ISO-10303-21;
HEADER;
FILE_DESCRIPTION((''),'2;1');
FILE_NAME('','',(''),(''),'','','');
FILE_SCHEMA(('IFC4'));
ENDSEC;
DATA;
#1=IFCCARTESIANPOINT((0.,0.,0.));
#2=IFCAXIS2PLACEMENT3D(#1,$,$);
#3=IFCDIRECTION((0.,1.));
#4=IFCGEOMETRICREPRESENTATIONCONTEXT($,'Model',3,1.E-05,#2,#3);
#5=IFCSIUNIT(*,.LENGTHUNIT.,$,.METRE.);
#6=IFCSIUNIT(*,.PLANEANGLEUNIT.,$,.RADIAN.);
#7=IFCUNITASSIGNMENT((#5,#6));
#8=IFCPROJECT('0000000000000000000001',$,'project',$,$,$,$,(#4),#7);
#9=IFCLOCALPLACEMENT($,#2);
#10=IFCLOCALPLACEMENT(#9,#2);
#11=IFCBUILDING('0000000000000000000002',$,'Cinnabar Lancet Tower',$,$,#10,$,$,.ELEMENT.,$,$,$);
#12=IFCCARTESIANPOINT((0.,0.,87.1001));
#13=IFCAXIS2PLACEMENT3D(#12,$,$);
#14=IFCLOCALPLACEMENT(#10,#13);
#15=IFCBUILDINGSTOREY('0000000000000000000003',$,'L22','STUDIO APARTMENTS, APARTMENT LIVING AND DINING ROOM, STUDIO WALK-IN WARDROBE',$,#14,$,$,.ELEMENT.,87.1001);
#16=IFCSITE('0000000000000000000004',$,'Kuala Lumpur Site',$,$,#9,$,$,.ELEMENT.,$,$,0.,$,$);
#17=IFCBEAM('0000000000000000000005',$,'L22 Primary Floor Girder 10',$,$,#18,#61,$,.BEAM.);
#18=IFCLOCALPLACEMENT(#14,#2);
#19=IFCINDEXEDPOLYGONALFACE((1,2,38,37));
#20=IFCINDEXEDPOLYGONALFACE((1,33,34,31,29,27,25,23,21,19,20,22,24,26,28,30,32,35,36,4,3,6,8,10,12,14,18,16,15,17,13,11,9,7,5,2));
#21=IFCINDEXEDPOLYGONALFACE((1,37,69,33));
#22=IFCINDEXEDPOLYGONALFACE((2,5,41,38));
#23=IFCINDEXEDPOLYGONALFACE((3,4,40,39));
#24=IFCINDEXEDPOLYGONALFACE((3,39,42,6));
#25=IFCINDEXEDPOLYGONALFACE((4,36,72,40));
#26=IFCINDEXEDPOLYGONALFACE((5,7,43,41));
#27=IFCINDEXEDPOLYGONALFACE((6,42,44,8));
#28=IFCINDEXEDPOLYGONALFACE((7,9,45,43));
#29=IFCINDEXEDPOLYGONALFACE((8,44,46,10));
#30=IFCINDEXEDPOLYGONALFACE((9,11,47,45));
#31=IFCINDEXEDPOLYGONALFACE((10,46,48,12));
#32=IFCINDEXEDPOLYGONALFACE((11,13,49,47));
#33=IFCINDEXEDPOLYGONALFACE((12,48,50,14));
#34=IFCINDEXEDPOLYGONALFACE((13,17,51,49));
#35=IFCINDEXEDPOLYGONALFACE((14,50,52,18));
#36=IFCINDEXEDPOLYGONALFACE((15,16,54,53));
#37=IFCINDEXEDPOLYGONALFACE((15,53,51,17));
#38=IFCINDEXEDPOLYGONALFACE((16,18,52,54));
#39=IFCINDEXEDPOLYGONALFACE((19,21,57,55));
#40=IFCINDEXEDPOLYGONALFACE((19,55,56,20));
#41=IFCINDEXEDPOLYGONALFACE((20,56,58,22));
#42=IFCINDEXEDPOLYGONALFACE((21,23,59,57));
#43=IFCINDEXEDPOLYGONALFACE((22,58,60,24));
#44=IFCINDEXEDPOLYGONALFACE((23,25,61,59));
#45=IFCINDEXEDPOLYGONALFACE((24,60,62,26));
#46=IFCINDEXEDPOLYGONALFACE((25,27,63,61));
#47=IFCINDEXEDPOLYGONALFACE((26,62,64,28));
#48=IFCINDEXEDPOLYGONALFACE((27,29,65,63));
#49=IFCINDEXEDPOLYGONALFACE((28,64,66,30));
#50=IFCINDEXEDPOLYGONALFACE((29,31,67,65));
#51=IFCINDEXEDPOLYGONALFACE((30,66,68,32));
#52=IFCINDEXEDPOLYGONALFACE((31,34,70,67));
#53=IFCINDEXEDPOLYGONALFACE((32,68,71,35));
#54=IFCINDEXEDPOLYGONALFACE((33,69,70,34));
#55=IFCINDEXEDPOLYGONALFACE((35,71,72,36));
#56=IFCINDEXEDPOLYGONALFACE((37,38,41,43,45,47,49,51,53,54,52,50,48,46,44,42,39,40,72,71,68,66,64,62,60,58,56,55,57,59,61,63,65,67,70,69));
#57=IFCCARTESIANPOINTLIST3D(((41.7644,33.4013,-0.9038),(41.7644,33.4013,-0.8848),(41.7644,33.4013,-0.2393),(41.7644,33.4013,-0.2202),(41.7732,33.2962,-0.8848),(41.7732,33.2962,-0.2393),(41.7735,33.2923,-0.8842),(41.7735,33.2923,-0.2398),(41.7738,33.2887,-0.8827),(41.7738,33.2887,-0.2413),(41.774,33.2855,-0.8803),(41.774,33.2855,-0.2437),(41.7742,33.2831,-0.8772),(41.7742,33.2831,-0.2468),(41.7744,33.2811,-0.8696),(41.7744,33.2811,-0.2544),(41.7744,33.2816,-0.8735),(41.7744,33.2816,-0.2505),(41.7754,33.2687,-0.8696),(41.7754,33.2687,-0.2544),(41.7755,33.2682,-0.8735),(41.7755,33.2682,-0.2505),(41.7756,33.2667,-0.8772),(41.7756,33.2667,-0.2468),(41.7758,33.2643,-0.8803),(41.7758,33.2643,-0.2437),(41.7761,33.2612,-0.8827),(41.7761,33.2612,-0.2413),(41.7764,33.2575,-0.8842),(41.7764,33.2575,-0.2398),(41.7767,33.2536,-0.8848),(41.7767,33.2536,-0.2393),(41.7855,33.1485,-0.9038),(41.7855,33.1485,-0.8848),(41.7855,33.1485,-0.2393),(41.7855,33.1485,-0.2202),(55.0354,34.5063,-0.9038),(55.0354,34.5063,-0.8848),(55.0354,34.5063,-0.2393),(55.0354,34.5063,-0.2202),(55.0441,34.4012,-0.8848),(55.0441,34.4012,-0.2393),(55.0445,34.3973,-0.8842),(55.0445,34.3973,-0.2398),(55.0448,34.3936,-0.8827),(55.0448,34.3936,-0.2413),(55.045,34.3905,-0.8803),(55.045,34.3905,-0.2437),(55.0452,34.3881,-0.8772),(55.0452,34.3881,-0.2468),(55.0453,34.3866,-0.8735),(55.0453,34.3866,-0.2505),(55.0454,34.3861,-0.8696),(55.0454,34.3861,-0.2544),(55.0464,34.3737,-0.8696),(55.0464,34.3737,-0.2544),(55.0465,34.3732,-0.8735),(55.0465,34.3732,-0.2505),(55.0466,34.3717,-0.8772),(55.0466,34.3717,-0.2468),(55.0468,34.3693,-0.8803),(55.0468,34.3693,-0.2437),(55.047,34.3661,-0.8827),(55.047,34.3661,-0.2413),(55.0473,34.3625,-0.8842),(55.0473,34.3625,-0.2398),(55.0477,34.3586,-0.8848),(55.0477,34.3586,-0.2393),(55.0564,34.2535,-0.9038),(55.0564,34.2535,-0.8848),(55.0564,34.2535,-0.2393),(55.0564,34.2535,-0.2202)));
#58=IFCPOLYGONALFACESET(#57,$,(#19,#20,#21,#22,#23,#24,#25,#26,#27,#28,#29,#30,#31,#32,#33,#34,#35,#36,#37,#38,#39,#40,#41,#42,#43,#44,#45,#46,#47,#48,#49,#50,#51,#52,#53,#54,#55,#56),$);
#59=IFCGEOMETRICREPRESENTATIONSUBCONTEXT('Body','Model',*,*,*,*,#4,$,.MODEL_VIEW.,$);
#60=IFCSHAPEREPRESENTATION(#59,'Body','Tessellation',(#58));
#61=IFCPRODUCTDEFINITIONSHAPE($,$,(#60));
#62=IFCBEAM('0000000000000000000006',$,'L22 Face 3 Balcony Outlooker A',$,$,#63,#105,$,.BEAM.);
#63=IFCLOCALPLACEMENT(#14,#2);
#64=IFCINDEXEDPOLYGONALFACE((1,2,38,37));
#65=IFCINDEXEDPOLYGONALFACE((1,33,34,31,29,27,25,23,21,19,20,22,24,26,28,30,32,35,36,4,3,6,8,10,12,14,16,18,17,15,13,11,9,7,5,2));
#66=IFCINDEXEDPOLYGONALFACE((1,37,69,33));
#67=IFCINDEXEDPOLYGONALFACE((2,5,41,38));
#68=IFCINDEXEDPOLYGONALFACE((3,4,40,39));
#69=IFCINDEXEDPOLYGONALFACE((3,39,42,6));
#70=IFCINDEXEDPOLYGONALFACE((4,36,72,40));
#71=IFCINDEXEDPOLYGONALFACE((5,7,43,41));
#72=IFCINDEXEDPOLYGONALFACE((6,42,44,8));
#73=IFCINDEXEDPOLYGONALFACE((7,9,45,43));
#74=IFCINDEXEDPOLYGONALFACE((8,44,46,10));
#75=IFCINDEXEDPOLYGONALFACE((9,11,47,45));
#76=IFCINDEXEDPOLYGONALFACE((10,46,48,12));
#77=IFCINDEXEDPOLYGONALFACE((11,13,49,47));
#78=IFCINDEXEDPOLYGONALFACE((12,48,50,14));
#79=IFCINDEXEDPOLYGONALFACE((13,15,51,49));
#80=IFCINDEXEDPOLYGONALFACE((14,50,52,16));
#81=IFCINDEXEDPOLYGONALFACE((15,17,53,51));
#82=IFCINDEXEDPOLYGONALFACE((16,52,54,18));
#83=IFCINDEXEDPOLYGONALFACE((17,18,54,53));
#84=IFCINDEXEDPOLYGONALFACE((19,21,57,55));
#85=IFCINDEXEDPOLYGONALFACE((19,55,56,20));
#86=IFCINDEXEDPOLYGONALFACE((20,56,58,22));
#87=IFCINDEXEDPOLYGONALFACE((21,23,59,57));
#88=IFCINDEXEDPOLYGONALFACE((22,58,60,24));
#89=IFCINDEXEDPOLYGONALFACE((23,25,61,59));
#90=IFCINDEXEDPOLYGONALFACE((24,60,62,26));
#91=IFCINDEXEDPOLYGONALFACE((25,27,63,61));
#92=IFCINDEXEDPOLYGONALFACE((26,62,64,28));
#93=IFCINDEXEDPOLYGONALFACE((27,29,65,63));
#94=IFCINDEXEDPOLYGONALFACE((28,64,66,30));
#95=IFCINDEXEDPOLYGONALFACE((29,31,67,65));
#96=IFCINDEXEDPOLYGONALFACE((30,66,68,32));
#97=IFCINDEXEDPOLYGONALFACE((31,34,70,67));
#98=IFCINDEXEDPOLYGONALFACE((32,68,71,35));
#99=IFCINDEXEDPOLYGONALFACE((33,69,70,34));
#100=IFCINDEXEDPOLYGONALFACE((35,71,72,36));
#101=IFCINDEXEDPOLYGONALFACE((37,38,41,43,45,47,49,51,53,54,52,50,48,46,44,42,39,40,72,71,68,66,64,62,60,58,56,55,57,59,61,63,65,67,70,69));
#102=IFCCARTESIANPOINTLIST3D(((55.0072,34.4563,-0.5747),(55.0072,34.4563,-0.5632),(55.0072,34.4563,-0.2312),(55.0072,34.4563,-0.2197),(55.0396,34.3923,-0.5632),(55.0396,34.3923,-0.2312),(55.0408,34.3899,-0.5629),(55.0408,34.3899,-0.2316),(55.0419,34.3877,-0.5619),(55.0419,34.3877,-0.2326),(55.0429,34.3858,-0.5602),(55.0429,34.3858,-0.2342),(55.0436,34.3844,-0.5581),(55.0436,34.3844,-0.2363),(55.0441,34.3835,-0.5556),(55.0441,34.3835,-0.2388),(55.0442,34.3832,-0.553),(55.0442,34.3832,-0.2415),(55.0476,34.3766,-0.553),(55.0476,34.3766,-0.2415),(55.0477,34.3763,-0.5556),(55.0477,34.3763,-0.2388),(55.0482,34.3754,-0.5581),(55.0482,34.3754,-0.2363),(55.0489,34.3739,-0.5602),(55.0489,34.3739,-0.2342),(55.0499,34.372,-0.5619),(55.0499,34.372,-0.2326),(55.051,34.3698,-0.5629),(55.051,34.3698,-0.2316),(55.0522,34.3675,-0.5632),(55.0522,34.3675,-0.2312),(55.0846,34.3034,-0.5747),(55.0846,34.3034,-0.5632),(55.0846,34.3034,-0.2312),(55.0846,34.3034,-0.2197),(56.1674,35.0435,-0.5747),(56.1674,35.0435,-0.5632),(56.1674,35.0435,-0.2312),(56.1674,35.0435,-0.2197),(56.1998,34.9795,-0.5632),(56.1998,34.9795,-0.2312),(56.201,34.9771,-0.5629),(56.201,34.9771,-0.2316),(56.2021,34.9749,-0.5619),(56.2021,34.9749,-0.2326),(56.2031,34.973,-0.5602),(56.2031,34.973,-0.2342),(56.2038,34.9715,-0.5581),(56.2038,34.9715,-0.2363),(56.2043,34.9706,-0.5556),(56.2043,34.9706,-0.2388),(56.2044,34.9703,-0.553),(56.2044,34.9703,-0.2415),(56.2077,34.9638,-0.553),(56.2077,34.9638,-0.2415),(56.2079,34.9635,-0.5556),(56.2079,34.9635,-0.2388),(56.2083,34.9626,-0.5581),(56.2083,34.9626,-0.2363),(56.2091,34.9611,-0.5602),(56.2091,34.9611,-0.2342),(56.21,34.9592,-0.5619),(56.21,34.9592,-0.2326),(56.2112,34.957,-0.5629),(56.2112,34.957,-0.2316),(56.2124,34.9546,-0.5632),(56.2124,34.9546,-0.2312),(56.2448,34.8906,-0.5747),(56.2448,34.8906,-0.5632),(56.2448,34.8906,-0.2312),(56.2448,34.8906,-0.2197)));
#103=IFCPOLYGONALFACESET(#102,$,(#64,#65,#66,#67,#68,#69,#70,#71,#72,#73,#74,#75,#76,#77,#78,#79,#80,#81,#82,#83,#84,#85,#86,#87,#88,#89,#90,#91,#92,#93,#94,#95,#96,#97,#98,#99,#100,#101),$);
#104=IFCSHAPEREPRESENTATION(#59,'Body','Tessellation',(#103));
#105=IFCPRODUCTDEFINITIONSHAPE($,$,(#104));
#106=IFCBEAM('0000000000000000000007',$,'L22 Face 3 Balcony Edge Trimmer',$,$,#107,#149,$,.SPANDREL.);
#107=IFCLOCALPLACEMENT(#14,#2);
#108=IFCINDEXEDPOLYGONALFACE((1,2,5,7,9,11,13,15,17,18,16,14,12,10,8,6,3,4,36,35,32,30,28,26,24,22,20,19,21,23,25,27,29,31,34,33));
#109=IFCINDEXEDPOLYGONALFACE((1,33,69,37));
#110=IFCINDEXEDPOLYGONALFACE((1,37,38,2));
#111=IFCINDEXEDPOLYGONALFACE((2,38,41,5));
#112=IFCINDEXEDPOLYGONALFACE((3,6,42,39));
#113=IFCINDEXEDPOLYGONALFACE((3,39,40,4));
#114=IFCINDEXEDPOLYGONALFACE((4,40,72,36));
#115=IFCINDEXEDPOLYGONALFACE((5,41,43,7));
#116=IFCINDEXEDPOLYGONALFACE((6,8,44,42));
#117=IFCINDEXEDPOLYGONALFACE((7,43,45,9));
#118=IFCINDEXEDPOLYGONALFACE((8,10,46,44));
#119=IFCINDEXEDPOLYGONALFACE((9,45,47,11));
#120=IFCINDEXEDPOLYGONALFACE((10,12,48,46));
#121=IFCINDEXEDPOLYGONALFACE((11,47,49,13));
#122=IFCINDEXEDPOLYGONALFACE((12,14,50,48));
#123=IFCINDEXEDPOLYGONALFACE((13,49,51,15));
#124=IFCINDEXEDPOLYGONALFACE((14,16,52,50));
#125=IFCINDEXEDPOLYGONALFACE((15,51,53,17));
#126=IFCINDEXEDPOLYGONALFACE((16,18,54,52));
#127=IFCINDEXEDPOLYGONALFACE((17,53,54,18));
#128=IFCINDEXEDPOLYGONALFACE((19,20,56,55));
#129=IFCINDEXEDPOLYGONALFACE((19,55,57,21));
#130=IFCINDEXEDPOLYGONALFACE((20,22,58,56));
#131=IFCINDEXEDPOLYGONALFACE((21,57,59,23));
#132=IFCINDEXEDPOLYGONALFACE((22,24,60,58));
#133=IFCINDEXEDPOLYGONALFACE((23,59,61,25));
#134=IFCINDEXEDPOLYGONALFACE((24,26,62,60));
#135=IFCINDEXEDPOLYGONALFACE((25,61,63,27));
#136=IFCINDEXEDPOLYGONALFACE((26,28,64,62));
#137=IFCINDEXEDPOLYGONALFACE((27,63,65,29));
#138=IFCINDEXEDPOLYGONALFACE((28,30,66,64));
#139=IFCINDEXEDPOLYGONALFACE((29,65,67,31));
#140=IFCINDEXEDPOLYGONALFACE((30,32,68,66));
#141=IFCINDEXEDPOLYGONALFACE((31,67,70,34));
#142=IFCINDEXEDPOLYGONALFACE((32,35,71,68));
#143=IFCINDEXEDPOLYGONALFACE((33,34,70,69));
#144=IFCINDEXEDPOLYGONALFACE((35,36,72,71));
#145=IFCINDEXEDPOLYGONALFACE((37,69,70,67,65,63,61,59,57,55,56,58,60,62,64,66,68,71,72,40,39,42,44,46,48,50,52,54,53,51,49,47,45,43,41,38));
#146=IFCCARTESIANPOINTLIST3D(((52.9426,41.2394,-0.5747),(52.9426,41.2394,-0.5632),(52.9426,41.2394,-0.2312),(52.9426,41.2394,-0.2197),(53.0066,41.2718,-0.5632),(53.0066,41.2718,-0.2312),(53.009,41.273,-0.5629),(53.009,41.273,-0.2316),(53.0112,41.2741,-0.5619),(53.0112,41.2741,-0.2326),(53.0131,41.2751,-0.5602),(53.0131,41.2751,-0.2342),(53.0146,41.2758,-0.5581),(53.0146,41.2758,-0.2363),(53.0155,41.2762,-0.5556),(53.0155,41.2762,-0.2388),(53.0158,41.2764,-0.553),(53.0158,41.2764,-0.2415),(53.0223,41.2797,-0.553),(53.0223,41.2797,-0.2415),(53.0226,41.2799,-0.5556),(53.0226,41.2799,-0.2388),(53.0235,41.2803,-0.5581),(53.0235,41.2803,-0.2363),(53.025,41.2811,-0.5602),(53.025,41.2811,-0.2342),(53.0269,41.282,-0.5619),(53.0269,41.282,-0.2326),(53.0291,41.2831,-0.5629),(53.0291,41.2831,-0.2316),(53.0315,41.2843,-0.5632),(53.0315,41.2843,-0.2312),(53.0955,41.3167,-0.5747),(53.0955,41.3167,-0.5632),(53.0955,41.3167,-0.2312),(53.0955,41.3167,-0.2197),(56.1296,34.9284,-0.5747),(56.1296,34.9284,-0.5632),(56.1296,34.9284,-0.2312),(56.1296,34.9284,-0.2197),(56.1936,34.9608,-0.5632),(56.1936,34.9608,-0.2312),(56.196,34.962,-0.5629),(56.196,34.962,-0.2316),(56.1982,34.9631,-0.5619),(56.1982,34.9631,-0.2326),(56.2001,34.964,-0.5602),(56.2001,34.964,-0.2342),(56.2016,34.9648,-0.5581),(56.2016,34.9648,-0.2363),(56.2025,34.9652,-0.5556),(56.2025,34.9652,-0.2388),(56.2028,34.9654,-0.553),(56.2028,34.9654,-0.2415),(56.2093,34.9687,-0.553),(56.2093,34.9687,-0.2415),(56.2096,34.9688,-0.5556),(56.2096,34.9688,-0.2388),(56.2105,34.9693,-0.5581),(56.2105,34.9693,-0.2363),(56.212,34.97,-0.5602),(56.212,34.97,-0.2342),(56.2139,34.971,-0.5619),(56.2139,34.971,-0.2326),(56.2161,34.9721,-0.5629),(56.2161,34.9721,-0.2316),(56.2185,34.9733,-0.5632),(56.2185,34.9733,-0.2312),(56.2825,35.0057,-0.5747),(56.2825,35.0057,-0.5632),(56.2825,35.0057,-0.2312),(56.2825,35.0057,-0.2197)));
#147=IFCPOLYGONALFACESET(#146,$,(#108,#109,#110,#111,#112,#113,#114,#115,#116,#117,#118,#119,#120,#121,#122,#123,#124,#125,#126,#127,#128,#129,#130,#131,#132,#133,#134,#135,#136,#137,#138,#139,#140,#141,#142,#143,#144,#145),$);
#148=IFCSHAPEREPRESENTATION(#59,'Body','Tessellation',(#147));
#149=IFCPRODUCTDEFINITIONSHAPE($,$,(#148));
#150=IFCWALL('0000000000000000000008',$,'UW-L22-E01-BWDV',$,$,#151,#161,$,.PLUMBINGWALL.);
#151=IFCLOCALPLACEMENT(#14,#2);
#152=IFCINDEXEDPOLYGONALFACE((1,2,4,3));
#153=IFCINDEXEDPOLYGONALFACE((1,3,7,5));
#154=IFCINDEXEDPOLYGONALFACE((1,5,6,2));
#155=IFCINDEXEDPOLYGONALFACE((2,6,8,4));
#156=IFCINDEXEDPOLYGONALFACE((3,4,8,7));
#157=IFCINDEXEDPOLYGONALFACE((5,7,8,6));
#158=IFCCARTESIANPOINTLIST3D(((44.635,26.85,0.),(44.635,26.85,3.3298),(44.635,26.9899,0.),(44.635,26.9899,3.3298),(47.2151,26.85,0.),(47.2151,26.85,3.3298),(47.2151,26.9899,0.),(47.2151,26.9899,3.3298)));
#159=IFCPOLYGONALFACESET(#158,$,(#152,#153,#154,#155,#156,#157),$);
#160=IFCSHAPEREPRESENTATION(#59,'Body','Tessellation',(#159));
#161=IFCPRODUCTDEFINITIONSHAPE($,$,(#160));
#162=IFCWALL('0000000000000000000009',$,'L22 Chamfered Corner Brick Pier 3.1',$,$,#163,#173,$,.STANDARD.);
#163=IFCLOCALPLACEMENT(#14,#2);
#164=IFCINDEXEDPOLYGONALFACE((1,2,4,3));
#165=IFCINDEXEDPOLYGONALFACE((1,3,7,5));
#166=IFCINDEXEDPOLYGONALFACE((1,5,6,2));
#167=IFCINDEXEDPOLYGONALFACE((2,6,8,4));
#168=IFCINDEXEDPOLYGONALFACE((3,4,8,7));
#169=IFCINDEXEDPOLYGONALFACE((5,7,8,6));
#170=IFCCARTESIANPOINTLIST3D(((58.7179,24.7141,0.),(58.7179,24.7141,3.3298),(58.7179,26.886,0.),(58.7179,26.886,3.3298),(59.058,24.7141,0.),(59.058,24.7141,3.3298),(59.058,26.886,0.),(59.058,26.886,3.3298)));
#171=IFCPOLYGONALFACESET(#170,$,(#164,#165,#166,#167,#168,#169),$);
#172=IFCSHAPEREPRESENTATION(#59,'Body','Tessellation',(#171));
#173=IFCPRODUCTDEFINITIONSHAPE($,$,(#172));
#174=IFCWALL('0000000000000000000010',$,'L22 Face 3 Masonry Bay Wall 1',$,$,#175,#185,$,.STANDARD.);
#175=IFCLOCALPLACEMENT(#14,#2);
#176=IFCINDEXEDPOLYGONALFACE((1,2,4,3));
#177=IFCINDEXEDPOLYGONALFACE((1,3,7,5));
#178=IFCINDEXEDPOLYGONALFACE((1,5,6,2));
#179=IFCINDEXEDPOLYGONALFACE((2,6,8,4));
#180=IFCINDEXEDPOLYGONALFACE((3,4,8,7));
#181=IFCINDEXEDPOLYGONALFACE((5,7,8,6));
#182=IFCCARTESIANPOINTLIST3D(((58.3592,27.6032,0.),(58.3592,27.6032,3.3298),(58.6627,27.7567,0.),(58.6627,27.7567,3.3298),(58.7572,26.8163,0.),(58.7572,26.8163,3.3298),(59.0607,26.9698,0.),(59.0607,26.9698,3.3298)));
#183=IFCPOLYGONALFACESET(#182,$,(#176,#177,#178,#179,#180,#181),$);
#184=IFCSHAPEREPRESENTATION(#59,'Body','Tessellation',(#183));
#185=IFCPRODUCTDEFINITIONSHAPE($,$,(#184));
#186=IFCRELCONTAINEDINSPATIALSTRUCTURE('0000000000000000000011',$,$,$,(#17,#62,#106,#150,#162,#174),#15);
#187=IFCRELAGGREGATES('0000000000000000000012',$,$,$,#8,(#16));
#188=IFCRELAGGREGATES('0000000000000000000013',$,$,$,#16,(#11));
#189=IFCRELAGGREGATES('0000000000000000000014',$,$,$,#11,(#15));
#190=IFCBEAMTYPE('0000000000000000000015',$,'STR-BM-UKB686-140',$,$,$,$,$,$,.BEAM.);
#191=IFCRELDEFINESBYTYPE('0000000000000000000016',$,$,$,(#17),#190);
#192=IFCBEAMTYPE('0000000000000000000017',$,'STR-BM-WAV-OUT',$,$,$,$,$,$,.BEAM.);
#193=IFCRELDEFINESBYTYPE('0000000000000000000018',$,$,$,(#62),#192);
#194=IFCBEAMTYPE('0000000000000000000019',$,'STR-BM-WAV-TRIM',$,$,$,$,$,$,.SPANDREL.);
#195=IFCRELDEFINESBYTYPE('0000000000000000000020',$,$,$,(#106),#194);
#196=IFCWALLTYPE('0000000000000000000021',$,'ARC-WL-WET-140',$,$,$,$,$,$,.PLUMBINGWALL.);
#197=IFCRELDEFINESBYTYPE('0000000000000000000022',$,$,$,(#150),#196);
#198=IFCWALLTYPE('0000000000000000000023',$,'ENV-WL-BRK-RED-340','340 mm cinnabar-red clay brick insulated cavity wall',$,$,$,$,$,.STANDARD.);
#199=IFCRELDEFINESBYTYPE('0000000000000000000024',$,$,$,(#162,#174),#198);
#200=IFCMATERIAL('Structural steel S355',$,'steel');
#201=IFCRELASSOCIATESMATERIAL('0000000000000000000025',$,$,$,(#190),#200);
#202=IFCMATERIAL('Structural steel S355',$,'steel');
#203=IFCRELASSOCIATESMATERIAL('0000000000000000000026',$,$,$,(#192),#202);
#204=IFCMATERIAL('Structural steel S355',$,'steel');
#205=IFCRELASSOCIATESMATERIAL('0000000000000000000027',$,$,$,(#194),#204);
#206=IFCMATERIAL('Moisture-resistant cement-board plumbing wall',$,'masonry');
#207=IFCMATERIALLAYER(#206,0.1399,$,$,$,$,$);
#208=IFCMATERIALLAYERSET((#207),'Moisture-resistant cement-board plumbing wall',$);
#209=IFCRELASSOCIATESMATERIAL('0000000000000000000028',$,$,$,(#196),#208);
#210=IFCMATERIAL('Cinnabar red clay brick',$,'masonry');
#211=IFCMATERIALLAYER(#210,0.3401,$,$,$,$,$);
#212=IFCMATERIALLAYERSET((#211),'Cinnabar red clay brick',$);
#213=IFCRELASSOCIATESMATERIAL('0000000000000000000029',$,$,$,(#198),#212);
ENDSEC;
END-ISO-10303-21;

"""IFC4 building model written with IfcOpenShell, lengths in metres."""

from ifc_helpers import new_model, si_unit, direction, frame, frame_2d, origin, origin_2d, place, context, subcontext, project, spatial, rectangle, i_section, extrude, material, layer, layer_set, material_profile, profile_set, type_object, element, save


model = new_model("IFC4")

# Units and contexts
model_context = context("Model", 3, precision=1e-05, world=origin(), true_north=direction((0.0, 1.0)))
body_context = subcontext(model_context, "Body", "Model", "MODEL_VIEW")
ifc_project = project(units=[si_unit("LENGTHUNIT", "METRE"), si_unit("PLANEANGLEUNIT", "RADIAN")], contexts=[model_context])

# Site, building, storey
site_placement = place(None, origin())
site = spatial("IfcSite", under=ifc_project, at=site_placement, Name="Kuala Lumpur Site", CompositionType="ELEMENT", RefElevation=0.0)
building_placement = place(site_placement, origin())
building = spatial("IfcBuilding", under=site, at=building_placement, Name="Cinnabar Lancet Tower", CompositionType="ELEMENT")
storey_placement = place(building_placement, frame((0.0, 0.0, 87.1001)))
storey = spatial("IfcBuildingStorey", under=building, at=storey_placement, Name="L22", Description="STUDIO APARTMENTS, APARTMENT LIVING AND DINING ROOM, STUDIO WALK-IN WARDROBE", CompositionType="ELEMENT", Elevation=87.1001)

# Beams
ifc_material_1 = material(Name="Structural steel S355", Category="steel")
ifc_material_profile_1 = material_profile(ifc_material_1, i_section(OverallWidth=0.2537, OverallDepth=0.6836, WebThickness=0.0125, FlangeThickness=0.019, FilletRadius=0.0151, at=origin_2d()), Name="UKB 686x254x140")
ifc_profile_set_1 = profile_set([ifc_material_profile_1], Name="Structural steel S355")
beam_type_1 = type_object("IfcBeamType", Name="STR-BM-UKB686-140", PredefinedType="BEAM", material=ifc_profile_set_1)
beam_1_placement = place(storey_placement, frame((55.0459, 34.3799, -0.562), z_axis=(-0.996552, -0.082976, 0.0), x_axis=(0.082976, -0.996552, 0.0)))
element("IfcBeam", 1, at=beam_1_placement, inside=storey, type_object=beam_type_1, Name="L22 Primary Floor Girder 10", PredefinedType="BEAM", context=body_context, shape_type="SweptSolid", body=[
    extrude(i_section(OverallWidth=0.2537, OverallDepth=0.6836, WebThickness=0.0125, FlangeThickness=0.019, FilletRadius=0.0151, at=origin_2d()), origin(), (0.0, 0.0, 1.0), 13.3169),
])
ifc_material_2 = material(Name="Structural steel S355", Category="steel")
ifc_material_profile_2 = material_profile(ifc_material_2, i_section(OverallWidth=0.1714, OverallDepth=0.355, WebThickness=0.0073, FlangeThickness=0.0115, FilletRadius=0.0103, at=origin_2d()), Name="UKB 356x171x51")
ifc_profile_set_2 = profile_set([ifc_material_profile_2], Name="Structural steel S355")
beam_type_2 = type_object("IfcBeamType", Name="STR-BM-WAV-OUT", PredefinedType="BEAM", material=ifc_profile_set_2)
beam_2_placement = place(storey_placement, frame((55.0459, 34.3799, -0.3972), z_axis=(0.892239, 0.451564, 0.0), x_axis=(-0.451564, 0.892239, 0.0)))
element("IfcBeam", 2, at=beam_2_placement, inside=storey, type_object=beam_type_2, Name="L22 Face 3 Balcony Outlooker A", PredefinedType="BEAM", context=body_context, shape_type="SweptSolid", body=[
    extrude(i_section(OverallWidth=0.1714, OverallDepth=0.355, WebThickness=0.0073, FlangeThickness=0.0115, FilletRadius=0.0103, at=origin_2d()), origin(), (0.0, 0.0, 1.0), 1.3003),
])
ifc_material_3 = material(Name="Structural steel S355", Category="steel")
ifc_material_profile_3 = material_profile(ifc_material_3, i_section(OverallWidth=0.1714, OverallDepth=0.355, WebThickness=0.0073, FlangeThickness=0.0115, FilletRadius=0.0103, at=origin_2d()), Name="UKB 356x171x51")
ifc_profile_set_3 = profile_set([ifc_material_profile_3], Name="Structural steel S355")
beam_type_3 = type_object("IfcBeamType", Name="STR-BM-WAV-TRIM", PredefinedType="SPANDREL", material=ifc_profile_set_3)
beam_3_placement = place(storey_placement, frame((56.2061, 34.967, -0.3972), z_axis=(-0.450774, 0.892638, 0.0), x_axis=(-0.892638, -0.450774, 0.0)))
element("IfcBeam", 3, at=beam_3_placement, inside=storey, type_object=beam_type_3, Name="L22 Face 3 Balcony Edge Trimmer", PredefinedType="SPANDREL", context=body_context, shape_type="SweptSolid", body=[
    extrude(i_section(OverallWidth=0.1714, OverallDepth=0.355, WebThickness=0.0073, FlangeThickness=0.0115, FilletRadius=0.0103, at=origin_2d()), origin(), (0.0, 0.0, 1.0), 7.0701),
])

# Walls
ifc_material_4 = material(Name="Moisture-resistant cement-board plumbing wall", Category="masonry")
ifc_layer_1 = layer(ifc_material_4, 0.1399)
ifc_layer_set_1 = layer_set([ifc_layer_1], Name="Moisture-resistant cement-board plumbing wall")
wall_type_1 = type_object("IfcWallType", Name="ARC-WL-WET-140", PredefinedType="PLUMBINGWALL", material=ifc_layer_set_1)
wall_1_placement = place(storey_placement, frame((44.635, 26.9199, 0.0), z_axis=(0.0, 0.0, 1.0), x_axis=(1.0, 0.0, 0.0)))
element("IfcWall", 4, at=wall_1_placement, inside=storey, type_object=wall_type_1, Name="UW-L22-E01-BWDV", PredefinedType="PLUMBINGWALL", context=body_context, shape_type="SweptSolid", body=[
    extrude(rectangle(XDim=2.5801, YDim=0.1399, at=frame_2d((1.29, 0.0))), origin(), (0.0, 0.0, 1.0), 3.3298),
])
ifc_material_5 = material(Name="Cinnabar red clay brick", Category="masonry")
ifc_layer_2 = layer(ifc_material_5, 0.3401)
ifc_layer_set_2 = layer_set([ifc_layer_2], Name="Cinnabar red clay brick")
wall_type_2 = type_object("IfcWallType", Name="ENV-WL-BRK-RED-340", Description="340 mm cinnabar-red clay brick insulated cavity wall", PredefinedType="STANDARD", material=ifc_layer_set_2)
wall_2_placement = place(storey_placement, frame((58.8879, 24.7141, 0.0), z_axis=(0.0, 0.0, 1.0), x_axis=(0.0, 1.0, 0.0)))
element("IfcWall", 5, at=wall_2_placement, inside=storey, type_object=wall_type_2, Name="L22 Chamfered Corner Brick Pier 3.1", PredefinedType="STANDARD", context=body_context, shape_type="SweptSolid", body=[
    extrude(rectangle(XDim=2.1719, YDim=0.3401, at=frame_2d((1.0859, 0.0))), origin(), (0.0, 0.0, 1.0), 3.3298),
])
wall_3_placement = place(storey_placement, frame((58.9089, 26.8931, 0.0), z_axis=(0.0, 0.0, 1.0), x_axis=(-0.451307, 0.892369, 0.0)))
element("IfcWall", 6, at=wall_3_placement, inside=storey, type_object=wall_type_2, Name="L22 Face 3 Masonry Bay Wall 1", PredefinedType="STANDARD", context=body_context, shape_type="SweptSolid", body=[
    extrude(rectangle(XDim=0.8818, YDim=0.3401, at=frame_2d((0.4409, 0.0))), origin(), (0.0, 0.0, 1.0), 3.3298),
])

save(model, "model.ifc")
